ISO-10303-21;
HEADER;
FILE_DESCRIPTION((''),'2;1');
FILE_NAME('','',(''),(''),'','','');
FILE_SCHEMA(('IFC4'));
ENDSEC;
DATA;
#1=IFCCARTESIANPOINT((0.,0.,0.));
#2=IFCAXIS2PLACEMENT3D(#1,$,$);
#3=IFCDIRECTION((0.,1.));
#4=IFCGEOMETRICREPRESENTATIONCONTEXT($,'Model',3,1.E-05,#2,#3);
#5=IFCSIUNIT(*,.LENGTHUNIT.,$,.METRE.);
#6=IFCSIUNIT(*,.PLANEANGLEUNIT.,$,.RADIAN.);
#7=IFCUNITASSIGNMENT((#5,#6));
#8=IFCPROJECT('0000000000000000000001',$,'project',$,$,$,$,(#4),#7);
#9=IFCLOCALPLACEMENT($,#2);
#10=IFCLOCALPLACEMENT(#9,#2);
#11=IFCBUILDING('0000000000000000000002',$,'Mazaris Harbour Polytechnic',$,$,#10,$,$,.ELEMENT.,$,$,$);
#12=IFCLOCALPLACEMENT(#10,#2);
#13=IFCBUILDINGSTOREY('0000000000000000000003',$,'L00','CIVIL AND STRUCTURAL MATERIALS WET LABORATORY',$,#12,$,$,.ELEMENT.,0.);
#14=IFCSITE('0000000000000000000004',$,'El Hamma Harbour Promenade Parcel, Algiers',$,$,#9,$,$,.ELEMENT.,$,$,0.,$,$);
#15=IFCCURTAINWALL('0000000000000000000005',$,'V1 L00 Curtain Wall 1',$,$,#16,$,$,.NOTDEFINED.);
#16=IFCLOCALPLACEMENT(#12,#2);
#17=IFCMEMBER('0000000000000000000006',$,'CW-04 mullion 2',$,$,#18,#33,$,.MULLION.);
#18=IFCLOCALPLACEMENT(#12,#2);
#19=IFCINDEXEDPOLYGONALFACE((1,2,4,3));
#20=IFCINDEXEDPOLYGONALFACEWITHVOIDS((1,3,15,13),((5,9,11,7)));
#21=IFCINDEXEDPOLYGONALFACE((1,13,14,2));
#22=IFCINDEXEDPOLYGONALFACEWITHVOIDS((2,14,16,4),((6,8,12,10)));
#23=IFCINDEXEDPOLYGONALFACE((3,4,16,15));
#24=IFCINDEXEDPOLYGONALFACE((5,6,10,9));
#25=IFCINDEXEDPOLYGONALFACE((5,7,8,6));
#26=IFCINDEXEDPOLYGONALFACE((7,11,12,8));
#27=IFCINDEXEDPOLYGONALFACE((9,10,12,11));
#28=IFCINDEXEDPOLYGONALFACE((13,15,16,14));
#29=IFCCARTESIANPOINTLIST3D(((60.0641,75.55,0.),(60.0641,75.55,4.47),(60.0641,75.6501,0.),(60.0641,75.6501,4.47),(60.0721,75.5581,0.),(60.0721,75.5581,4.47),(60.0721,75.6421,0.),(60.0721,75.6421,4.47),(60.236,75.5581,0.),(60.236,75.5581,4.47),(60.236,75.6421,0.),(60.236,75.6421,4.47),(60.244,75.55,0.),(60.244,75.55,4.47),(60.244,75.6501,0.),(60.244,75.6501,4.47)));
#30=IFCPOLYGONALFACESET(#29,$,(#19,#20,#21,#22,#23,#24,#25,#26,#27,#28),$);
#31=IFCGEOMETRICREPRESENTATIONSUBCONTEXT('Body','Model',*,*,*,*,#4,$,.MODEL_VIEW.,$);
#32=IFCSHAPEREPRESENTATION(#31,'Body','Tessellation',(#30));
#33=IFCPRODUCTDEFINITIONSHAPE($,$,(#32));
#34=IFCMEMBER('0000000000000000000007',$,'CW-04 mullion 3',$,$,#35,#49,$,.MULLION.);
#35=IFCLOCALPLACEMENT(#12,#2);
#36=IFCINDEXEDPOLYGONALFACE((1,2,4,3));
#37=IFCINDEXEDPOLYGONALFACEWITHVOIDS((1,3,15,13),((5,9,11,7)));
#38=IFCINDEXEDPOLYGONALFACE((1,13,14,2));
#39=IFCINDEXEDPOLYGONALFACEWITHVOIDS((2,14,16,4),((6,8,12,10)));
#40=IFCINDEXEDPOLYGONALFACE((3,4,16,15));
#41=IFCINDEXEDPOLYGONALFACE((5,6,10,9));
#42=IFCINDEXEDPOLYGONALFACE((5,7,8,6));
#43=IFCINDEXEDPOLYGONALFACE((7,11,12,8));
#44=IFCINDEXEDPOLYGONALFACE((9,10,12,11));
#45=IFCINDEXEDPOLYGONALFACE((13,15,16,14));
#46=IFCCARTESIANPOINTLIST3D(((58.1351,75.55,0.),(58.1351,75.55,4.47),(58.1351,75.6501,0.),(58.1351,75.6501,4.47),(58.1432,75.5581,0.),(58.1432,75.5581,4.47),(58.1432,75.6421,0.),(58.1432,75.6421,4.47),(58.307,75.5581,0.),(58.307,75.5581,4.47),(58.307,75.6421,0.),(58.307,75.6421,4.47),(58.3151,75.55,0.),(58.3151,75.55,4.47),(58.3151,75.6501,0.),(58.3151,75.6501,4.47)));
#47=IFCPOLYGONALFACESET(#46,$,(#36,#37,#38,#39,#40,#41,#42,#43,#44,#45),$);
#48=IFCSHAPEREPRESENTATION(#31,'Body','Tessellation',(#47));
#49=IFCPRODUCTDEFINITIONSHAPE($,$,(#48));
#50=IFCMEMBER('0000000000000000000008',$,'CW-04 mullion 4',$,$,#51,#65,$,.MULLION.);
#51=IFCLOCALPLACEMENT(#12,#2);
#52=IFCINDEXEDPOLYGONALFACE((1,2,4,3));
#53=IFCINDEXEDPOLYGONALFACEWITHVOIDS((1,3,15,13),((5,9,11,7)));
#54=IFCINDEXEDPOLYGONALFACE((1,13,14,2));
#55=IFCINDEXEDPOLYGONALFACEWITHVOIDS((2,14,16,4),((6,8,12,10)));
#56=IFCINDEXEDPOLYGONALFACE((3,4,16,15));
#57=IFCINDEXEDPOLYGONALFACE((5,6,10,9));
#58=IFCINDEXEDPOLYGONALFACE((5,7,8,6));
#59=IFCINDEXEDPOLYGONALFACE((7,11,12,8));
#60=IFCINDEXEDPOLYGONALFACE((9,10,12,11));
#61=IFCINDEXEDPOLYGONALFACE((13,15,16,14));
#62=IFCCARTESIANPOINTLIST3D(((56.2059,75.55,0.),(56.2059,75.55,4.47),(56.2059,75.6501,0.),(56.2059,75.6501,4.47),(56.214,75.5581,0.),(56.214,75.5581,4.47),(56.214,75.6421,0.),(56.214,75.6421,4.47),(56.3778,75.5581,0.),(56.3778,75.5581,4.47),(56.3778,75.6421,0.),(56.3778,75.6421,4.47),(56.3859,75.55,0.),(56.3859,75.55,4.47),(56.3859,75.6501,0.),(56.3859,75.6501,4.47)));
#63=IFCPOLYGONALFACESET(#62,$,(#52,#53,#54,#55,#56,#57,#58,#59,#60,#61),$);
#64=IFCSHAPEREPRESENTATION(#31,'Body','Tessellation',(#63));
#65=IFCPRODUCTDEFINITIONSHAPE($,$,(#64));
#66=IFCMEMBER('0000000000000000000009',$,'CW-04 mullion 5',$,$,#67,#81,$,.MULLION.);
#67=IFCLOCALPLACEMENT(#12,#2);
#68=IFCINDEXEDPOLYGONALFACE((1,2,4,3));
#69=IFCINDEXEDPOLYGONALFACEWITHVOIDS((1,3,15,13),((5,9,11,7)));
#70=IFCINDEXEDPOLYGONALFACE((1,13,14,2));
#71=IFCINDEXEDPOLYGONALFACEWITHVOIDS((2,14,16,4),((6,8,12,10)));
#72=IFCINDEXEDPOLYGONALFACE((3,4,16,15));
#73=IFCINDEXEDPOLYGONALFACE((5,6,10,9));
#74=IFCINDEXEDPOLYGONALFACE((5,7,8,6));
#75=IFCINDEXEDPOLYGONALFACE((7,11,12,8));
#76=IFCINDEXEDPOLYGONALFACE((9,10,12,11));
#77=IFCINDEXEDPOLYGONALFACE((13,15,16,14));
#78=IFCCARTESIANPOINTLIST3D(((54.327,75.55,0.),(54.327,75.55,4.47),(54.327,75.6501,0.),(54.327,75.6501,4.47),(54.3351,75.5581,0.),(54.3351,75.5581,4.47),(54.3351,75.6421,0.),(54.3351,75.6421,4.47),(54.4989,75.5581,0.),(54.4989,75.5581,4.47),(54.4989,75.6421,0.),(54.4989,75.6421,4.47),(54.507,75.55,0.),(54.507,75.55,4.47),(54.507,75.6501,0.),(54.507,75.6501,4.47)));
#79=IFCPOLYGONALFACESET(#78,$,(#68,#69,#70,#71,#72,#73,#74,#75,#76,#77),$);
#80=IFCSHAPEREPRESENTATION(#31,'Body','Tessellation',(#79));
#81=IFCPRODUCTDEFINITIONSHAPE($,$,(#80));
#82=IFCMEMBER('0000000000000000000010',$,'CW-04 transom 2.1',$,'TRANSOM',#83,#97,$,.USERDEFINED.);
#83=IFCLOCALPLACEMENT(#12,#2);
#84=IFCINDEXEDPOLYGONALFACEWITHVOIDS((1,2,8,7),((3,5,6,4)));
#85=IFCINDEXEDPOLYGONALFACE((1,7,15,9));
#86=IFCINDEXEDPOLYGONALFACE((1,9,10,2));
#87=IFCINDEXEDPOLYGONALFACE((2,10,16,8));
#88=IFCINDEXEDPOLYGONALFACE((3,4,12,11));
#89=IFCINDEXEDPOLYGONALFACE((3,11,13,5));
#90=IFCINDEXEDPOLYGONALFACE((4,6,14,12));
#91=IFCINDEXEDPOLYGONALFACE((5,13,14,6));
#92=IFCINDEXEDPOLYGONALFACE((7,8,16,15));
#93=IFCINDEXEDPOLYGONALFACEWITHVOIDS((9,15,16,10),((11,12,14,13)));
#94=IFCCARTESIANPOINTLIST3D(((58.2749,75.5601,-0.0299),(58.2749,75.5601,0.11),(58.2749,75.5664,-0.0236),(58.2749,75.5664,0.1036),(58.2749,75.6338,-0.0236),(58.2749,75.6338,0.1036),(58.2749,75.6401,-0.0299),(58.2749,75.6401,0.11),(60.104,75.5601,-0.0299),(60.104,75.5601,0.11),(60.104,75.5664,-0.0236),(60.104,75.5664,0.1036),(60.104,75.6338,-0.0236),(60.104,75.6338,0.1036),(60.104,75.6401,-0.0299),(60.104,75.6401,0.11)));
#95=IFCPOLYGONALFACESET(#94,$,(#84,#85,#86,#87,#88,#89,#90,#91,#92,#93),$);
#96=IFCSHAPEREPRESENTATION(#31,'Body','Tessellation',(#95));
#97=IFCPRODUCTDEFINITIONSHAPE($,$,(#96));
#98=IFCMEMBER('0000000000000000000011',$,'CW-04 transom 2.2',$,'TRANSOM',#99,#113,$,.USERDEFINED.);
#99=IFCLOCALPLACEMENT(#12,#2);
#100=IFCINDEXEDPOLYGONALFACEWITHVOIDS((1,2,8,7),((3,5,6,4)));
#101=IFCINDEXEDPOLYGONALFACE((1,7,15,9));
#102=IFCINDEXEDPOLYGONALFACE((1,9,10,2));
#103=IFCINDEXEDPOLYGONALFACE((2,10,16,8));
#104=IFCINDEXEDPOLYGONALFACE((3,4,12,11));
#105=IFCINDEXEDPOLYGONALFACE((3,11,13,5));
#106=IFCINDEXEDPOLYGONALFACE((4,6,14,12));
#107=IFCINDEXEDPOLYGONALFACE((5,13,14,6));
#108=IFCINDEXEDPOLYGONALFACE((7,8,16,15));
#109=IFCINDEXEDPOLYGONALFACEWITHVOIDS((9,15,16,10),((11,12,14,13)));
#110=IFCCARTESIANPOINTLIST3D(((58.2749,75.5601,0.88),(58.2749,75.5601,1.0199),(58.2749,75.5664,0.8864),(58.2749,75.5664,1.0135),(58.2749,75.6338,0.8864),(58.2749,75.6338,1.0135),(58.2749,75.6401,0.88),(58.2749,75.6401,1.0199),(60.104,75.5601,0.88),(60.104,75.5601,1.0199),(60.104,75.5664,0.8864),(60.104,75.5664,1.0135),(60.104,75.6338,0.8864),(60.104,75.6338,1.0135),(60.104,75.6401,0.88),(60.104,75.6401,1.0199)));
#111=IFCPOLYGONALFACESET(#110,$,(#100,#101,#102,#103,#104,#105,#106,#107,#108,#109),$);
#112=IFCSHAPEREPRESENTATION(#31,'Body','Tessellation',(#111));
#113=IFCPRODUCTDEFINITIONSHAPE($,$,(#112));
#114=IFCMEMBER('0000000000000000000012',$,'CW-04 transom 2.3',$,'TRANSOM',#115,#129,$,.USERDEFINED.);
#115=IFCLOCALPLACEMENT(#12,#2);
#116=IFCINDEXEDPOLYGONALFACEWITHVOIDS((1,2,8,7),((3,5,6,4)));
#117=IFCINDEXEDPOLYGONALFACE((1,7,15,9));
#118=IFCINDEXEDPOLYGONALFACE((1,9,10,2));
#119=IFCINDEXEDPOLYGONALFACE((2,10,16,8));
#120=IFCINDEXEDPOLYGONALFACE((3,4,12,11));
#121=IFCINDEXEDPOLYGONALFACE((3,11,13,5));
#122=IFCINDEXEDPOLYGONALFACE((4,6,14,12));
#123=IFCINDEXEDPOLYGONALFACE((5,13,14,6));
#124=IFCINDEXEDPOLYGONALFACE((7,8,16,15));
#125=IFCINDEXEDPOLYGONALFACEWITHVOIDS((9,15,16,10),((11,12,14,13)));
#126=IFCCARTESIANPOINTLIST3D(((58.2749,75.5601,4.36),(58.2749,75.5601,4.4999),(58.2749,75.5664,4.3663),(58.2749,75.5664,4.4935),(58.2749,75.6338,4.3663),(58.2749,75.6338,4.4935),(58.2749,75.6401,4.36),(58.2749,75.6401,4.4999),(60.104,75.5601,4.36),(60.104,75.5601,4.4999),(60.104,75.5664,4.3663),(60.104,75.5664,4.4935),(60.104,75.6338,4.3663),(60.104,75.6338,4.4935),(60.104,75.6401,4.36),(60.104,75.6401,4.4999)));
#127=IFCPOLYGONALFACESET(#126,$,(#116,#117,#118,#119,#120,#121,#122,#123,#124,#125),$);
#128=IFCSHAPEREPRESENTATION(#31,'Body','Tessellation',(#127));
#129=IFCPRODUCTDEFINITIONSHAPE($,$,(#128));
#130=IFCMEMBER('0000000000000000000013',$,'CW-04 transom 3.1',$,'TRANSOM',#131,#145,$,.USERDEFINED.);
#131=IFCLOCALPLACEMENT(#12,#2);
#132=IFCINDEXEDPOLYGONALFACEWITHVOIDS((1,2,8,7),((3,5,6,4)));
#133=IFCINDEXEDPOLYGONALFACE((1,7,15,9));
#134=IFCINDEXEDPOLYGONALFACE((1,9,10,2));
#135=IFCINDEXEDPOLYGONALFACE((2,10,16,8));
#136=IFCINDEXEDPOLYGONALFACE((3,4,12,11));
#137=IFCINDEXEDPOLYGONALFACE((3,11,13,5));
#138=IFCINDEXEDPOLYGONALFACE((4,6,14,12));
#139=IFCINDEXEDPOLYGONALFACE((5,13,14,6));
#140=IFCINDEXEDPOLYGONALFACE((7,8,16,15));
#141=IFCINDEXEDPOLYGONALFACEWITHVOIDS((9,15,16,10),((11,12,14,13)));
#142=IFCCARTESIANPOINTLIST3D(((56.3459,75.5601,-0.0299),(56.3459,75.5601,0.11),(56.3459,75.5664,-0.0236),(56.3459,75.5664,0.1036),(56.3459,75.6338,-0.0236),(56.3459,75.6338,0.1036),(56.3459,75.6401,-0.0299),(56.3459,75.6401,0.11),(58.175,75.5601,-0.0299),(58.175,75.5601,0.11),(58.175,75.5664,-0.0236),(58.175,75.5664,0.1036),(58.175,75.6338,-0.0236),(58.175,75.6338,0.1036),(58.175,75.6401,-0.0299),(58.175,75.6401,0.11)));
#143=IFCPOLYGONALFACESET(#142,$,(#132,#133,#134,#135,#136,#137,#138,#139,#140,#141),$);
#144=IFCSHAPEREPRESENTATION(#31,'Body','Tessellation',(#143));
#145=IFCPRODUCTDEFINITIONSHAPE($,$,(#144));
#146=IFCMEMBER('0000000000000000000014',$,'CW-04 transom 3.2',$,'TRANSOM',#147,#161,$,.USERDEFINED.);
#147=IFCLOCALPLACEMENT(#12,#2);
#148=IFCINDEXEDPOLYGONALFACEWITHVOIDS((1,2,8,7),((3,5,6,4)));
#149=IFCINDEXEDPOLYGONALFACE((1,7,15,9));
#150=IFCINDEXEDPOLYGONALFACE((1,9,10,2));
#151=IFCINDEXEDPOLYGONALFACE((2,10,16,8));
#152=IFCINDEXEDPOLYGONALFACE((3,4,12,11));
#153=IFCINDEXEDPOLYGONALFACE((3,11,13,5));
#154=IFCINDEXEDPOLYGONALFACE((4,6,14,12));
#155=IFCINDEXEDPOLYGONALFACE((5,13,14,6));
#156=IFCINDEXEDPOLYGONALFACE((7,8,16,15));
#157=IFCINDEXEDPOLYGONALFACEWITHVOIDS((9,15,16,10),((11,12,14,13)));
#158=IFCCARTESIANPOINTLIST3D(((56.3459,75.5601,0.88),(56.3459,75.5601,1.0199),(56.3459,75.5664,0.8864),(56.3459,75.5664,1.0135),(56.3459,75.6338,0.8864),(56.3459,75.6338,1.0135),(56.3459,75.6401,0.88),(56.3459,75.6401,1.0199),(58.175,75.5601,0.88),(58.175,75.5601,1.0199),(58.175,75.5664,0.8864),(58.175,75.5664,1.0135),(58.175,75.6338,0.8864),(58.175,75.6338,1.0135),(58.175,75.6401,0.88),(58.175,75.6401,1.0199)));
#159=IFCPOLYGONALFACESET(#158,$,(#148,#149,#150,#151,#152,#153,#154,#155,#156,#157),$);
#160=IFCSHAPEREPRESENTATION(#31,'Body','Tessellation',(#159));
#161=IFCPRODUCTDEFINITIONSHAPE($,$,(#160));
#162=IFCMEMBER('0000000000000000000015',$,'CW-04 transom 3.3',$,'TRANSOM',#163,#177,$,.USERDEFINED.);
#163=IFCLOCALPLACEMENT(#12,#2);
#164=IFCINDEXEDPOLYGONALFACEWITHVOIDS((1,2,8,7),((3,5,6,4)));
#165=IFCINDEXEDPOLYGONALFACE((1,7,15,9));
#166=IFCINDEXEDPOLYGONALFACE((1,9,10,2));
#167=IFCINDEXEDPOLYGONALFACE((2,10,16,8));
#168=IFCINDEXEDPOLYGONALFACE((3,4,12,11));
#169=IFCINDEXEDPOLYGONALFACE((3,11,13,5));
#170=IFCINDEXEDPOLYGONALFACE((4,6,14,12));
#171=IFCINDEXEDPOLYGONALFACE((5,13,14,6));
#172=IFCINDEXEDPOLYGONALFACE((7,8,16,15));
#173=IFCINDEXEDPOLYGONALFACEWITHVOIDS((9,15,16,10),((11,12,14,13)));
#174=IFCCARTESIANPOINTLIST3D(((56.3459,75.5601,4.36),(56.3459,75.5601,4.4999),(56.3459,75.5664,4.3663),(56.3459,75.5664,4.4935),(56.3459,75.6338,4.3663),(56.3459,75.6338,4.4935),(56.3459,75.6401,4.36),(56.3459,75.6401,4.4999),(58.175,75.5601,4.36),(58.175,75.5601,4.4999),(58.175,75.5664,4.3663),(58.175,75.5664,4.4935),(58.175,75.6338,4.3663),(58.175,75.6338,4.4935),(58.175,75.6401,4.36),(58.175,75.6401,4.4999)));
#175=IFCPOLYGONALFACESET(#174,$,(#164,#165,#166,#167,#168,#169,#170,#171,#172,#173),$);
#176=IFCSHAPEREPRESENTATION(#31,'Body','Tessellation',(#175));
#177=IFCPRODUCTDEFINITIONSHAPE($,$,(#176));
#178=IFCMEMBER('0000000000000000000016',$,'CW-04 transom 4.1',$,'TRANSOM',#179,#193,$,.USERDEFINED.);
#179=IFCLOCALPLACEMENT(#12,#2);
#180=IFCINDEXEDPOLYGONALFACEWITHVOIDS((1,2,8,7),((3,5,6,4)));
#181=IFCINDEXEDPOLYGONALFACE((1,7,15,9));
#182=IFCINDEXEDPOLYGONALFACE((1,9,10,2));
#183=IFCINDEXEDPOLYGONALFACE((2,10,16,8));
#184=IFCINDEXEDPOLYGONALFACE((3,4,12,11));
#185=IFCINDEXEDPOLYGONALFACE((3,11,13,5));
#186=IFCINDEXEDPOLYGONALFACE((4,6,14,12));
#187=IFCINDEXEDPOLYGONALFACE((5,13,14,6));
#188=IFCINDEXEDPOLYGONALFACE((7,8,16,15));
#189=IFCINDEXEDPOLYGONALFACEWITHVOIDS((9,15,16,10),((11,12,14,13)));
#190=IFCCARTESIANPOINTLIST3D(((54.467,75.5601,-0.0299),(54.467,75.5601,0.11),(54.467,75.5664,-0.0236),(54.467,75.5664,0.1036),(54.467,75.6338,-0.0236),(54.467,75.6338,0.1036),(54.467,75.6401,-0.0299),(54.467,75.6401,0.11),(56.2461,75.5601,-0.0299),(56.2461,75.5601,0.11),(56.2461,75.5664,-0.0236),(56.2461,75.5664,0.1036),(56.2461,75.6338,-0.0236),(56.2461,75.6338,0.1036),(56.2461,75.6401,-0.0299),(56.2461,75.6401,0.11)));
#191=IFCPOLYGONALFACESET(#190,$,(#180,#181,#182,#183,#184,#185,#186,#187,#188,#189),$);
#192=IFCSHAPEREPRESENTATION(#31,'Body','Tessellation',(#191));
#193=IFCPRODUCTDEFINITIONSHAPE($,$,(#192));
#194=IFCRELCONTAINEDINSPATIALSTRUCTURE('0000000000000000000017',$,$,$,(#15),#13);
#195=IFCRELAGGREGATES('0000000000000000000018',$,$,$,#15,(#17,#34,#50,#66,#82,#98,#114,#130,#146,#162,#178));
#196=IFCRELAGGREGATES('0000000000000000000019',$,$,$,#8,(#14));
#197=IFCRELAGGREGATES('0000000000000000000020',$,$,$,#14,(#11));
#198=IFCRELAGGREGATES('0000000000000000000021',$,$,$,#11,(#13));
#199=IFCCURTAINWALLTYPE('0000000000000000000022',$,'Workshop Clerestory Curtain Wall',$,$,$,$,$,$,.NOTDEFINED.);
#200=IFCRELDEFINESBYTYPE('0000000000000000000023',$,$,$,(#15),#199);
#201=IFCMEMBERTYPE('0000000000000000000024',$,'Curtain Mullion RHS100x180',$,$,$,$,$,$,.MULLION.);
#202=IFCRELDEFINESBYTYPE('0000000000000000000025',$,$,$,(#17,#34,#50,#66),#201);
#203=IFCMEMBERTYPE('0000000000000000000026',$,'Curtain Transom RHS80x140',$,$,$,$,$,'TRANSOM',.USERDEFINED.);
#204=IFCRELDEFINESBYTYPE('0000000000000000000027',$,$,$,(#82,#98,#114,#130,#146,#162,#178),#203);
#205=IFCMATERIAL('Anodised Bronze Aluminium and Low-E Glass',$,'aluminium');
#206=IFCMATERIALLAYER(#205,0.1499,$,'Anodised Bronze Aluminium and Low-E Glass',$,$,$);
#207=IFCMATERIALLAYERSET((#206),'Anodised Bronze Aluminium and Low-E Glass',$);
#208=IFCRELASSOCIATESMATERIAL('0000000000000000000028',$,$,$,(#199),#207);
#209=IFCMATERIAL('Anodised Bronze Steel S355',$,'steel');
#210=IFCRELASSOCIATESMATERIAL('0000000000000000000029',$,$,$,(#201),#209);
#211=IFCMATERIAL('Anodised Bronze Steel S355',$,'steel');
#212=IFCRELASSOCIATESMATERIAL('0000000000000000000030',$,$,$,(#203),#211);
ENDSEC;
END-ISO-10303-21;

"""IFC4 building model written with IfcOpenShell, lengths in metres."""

from ifc_helpers import new_model, si_unit, direction, frame, origin, origin_2d, place, context, subcontext, project, spatial, hollow_rectangle, extrude, material, layer, layer_set, material_profile, profile_set, type_object, element, aggregate, save


model = new_model("IFC4")

# Units and contexts
model_context = context("Model", 3, precision=1e-05, world=origin(), true_north=direction((0.0, 1.0)))
body_context = subcontext(model_context, "Body", "Model", "MODEL_VIEW")
ifc_project = project(units=[si_unit("LENGTHUNIT", "METRE"), si_unit("PLANEANGLEUNIT", "RADIAN")], contexts=[model_context])

# Site, building, storey
site_placement = place(None, origin())
site = spatial("IfcSite", under=ifc_project, at=site_placement, Name="El Hamma Harbour Promenade Parcel, Algiers", CompositionType="ELEMENT", RefElevation=0.0)
building_placement = place(site_placement, origin())
building = spatial("IfcBuilding", under=site, at=building_placement, Name="Mazaris Harbour Polytechnic", CompositionType="ELEMENT")
storey_placement = place(building_placement, origin())
storey = spatial("IfcBuildingStorey", under=building, at=storey_placement, Name="L00", Description="CIVIL AND STRUCTURAL MATERIALS WET LABORATORY", CompositionType="ELEMENT", Elevation=0.0)

# Curtain wall, members
ifc_material_1 = material(Name="Anodised Bronze Aluminium and Low-E Glass", Category="aluminium")
ifc_layer_1 = layer(ifc_material_1, 0.1499, Name="Anodised Bronze Aluminium and Low-E Glass")
ifc_layer_set_1 = layer_set([ifc_layer_1], Name="Anodised Bronze Aluminium and Low-E Glass")
curtain_wall_type = type_object("IfcCurtainWallType", Name="Workshop Clerestory Curtain Wall", PredefinedType="NOTDEFINED", material=ifc_layer_set_1)
curtain_wall_placement = place(storey_placement, origin())
curtain_wall = element("IfcCurtainWall", 1, at=curtain_wall_placement, inside=storey, type_object=curtain_wall_type, Name="V1 L00 Curtain Wall 1", PredefinedType="NOTDEFINED")
ifc_material_2 = material(Name="Anodised Bronze Steel S355", Category="steel")
ifc_material_profile_1 = material_profile(ifc_material_2, hollow_rectangle(XDim=0.1001, YDim=0.1799, WallThickness=0.0081, at=origin_2d()), Name="RHS 100x180x8.0")
ifc_profile_set_1 = profile_set([ifc_material_profile_1], Name="Anodised Bronze Steel S355")
member_type_1 = type_object("IfcMemberType", Name="Curtain Mullion RHS100x180", PredefinedType="MULLION", material=ifc_profile_set_1)
member_1_placement = place(storey_placement, frame((60.1541, 75.6001, 0.0), z_axis=(0.0, 0.0, 1.0), x_axis=(0.0, -1.0, 0.0)))
member_1 = element("IfcMember", 2, at=member_1_placement, type_object=member_type_1, Name="CW-04 mullion 2", PredefinedType="MULLION", context=body_context, shape_type="SweptSolid", body=[
    extrude(hollow_rectangle(XDim=0.1001, YDim=0.1799, WallThickness=0.0081, at=origin_2d()), origin(), (0.0, 0.0, 1.0), 4.47),
])
member_2_placement = place(storey_placement, frame((58.2251, 75.6001, 0.0), z_axis=(0.0, 0.0, 1.0), x_axis=(0.0, -1.0, 0.0)))
member_2 = element("IfcMember", 3, at=member_2_placement, type_object=member_type_1, Name="CW-04 mullion 3", PredefinedType="MULLION", context=body_context, shape_type="SweptSolid", body=[
    extrude(hollow_rectangle(XDim=0.1001, YDim=0.1799, WallThickness=0.0081, at=origin_2d()), origin(), (0.0, 0.0, 1.0), 4.47),
])
member_3_placement = place(storey_placement, frame((56.2959, 75.6001, 0.0), z_axis=(0.0, 0.0, 1.0), x_axis=(0.0, -1.0, 0.0)))
member_3 = element("IfcMember", 4, at=member_3_placement, type_object=member_type_1, Name="CW-04 mullion 4", PredefinedType="MULLION", context=body_context, shape_type="SweptSolid", body=[
    extrude(hollow_rectangle(XDim=0.1001, YDim=0.1799, WallThickness=0.0081, at=origin_2d()), origin(), (0.0, 0.0, 1.0), 4.47),
])
member_4_placement = place(storey_placement, frame((54.417, 75.6001, 0.0), z_axis=(0.0, 0.0, 1.0), x_axis=(0.0, -1.0, 0.0)))
member_4 = element("IfcMember", 5, at=member_4_placement, type_object=member_type_1, Name="CW-04 mullion 5", PredefinedType="MULLION", context=body_context, shape_type="SweptSolid", body=[
    extrude(hollow_rectangle(XDim=0.1001, YDim=0.1799, WallThickness=0.0081, at=origin_2d()), origin(), (0.0, 0.0, 1.0), 4.47),
])
ifc_material_3 = material(Name="Anodised Bronze Steel S355", Category="steel")
ifc_material_profile_2 = material_profile(ifc_material_3, hollow_rectangle(XDim=0.0801, YDim=0.1399, WallThickness=0.0063, at=origin_2d()), Name="RHS 80x140x6.3")
ifc_profile_set_2 = profile_set([ifc_material_profile_2], Name="Anodised Bronze Steel S355")
member_type_2 = type_object("IfcMemberType", Name="Curtain Transom RHS80x140", ElementType="TRANSOM", PredefinedType="USERDEFINED", material=ifc_profile_set_2)
member_5_placement = place(storey_placement, frame((60.104, 75.6001, 0.04), z_axis=(-1.0, 0.0, 0.0), x_axis=(0.0, -1.0, 0.0)))
member_5 = element("IfcMember", 6, at=member_5_placement, type_object=member_type_2, Name="CW-04 transom 2.1", ObjectType="TRANSOM", PredefinedType="USERDEFINED", context=body_context, shape_type="SweptSolid", body=[
    extrude(hollow_rectangle(XDim=0.0801, YDim=0.1399, WallThickness=0.0063, at=origin_2d()), origin(), (0.0, 0.0, 1.0), 1.8291),
])
member_6_placement = place(storey_placement, frame((60.104, 75.6001, 0.95), z_axis=(-1.0, 0.0, 0.0), x_axis=(0.0, -1.0, 0.0)))
member_6 = element("IfcMember", 7, at=member_6_placement, type_object=member_type_2, Name="CW-04 transom 2.2", ObjectType="TRANSOM", PredefinedType="USERDEFINED", context=body_context, shape_type="SweptSolid", body=[
    extrude(hollow_rectangle(XDim=0.0801, YDim=0.1399, WallThickness=0.0063, at=origin_2d()), origin(), (0.0, 0.0, 1.0), 1.8291),
])
member_7_placement = place(storey_placement, frame((60.104, 75.6001, 4.4299), z_axis=(-1.0, 0.0, 0.0), x_axis=(0.0, -1.0, 0.0)))
member_7 = element("IfcMember", 8, at=member_7_placement, type_object=member_type_2, Name="CW-04 transom 2.3", ObjectType="TRANSOM", PredefinedType="USERDEFINED", context=body_context, shape_type="SweptSolid", body=[
    extrude(hollow_rectangle(XDim=0.0801, YDim=0.1399, WallThickness=0.0063, at=origin_2d()), origin(), (0.0, 0.0, 1.0), 1.8291),
])
member_8_placement = place(storey_placement, frame((58.175, 75.6001, 0.04), z_axis=(-1.0, 0.0, 0.0), x_axis=(0.0, -1.0, 0.0)))
member_8 = element("IfcMember", 9, at=member_8_placement, type_object=member_type_2, Name="CW-04 transom 3.1", ObjectType="TRANSOM", PredefinedType="USERDEFINED", context=body_context, shape_type="SweptSolid", body=[
    extrude(hollow_rectangle(XDim=0.0801, YDim=0.1399, WallThickness=0.0063, at=origin_2d()), origin(), (0.0, 0.0, 1.0), 1.8291),
])
member_9_placement = place(storey_placement, frame((58.175, 75.6001, 0.95), z_axis=(-1.0, 0.0, 0.0), x_axis=(0.0, -1.0, 0.0)))
member_9 = element("IfcMember", 10, at=member_9_placement, type_object=member_type_2, Name="CW-04 transom 3.2", ObjectType="TRANSOM", PredefinedType="USERDEFINED", context=body_context, shape_type="SweptSolid", body=[
    extrude(hollow_rectangle(XDim=0.0801, YDim=0.1399, WallThickness=0.0063, at=origin_2d()), origin(), (0.0, 0.0, 1.0), 1.8291),
])
member_10_placement = place(storey_placement, frame((58.175, 75.6001, 4.4299), z_axis=(-1.0, 0.0, 0.0), x_axis=(0.0, -1.0, 0.0)))
member_10 = element("IfcMember", 11, at=member_10_placement, type_object=member_type_2, Name="CW-04 transom 3.3", ObjectType="TRANSOM", PredefinedType="USERDEFINED", context=body_context, shape_type="SweptSolid", body=[
    extrude(hollow_rectangle(XDim=0.0801, YDim=0.1399, WallThickness=0.0063, at=origin_2d()), origin(), (0.0, 0.0, 1.0), 1.8291),
])
member_11_placement = place(storey_placement, frame((56.2461, 75.6001, 0.04), z_axis=(-1.0, 0.0, 0.0), x_axis=(0.0, -1.0, 0.0)))
member_11 = element("IfcMember", 12, at=member_11_placement, type_object=member_type_2, Name="CW-04 transom 4.1", ObjectType="TRANSOM", PredefinedType="USERDEFINED", context=body_context, shape_type="SweptSolid", body=[
    extrude(hollow_rectangle(XDim=0.0801, YDim=0.1399, WallThickness=0.0063, at=origin_2d()), origin(), (0.0, 0.0, 1.0), 1.7791),
])

aggregate(curtain_wall, [member_1, member_2, member_3, member_4, member_5, member_6, member_7, member_8, member_9, member_10, member_11])

save(model, "model.ifc")
